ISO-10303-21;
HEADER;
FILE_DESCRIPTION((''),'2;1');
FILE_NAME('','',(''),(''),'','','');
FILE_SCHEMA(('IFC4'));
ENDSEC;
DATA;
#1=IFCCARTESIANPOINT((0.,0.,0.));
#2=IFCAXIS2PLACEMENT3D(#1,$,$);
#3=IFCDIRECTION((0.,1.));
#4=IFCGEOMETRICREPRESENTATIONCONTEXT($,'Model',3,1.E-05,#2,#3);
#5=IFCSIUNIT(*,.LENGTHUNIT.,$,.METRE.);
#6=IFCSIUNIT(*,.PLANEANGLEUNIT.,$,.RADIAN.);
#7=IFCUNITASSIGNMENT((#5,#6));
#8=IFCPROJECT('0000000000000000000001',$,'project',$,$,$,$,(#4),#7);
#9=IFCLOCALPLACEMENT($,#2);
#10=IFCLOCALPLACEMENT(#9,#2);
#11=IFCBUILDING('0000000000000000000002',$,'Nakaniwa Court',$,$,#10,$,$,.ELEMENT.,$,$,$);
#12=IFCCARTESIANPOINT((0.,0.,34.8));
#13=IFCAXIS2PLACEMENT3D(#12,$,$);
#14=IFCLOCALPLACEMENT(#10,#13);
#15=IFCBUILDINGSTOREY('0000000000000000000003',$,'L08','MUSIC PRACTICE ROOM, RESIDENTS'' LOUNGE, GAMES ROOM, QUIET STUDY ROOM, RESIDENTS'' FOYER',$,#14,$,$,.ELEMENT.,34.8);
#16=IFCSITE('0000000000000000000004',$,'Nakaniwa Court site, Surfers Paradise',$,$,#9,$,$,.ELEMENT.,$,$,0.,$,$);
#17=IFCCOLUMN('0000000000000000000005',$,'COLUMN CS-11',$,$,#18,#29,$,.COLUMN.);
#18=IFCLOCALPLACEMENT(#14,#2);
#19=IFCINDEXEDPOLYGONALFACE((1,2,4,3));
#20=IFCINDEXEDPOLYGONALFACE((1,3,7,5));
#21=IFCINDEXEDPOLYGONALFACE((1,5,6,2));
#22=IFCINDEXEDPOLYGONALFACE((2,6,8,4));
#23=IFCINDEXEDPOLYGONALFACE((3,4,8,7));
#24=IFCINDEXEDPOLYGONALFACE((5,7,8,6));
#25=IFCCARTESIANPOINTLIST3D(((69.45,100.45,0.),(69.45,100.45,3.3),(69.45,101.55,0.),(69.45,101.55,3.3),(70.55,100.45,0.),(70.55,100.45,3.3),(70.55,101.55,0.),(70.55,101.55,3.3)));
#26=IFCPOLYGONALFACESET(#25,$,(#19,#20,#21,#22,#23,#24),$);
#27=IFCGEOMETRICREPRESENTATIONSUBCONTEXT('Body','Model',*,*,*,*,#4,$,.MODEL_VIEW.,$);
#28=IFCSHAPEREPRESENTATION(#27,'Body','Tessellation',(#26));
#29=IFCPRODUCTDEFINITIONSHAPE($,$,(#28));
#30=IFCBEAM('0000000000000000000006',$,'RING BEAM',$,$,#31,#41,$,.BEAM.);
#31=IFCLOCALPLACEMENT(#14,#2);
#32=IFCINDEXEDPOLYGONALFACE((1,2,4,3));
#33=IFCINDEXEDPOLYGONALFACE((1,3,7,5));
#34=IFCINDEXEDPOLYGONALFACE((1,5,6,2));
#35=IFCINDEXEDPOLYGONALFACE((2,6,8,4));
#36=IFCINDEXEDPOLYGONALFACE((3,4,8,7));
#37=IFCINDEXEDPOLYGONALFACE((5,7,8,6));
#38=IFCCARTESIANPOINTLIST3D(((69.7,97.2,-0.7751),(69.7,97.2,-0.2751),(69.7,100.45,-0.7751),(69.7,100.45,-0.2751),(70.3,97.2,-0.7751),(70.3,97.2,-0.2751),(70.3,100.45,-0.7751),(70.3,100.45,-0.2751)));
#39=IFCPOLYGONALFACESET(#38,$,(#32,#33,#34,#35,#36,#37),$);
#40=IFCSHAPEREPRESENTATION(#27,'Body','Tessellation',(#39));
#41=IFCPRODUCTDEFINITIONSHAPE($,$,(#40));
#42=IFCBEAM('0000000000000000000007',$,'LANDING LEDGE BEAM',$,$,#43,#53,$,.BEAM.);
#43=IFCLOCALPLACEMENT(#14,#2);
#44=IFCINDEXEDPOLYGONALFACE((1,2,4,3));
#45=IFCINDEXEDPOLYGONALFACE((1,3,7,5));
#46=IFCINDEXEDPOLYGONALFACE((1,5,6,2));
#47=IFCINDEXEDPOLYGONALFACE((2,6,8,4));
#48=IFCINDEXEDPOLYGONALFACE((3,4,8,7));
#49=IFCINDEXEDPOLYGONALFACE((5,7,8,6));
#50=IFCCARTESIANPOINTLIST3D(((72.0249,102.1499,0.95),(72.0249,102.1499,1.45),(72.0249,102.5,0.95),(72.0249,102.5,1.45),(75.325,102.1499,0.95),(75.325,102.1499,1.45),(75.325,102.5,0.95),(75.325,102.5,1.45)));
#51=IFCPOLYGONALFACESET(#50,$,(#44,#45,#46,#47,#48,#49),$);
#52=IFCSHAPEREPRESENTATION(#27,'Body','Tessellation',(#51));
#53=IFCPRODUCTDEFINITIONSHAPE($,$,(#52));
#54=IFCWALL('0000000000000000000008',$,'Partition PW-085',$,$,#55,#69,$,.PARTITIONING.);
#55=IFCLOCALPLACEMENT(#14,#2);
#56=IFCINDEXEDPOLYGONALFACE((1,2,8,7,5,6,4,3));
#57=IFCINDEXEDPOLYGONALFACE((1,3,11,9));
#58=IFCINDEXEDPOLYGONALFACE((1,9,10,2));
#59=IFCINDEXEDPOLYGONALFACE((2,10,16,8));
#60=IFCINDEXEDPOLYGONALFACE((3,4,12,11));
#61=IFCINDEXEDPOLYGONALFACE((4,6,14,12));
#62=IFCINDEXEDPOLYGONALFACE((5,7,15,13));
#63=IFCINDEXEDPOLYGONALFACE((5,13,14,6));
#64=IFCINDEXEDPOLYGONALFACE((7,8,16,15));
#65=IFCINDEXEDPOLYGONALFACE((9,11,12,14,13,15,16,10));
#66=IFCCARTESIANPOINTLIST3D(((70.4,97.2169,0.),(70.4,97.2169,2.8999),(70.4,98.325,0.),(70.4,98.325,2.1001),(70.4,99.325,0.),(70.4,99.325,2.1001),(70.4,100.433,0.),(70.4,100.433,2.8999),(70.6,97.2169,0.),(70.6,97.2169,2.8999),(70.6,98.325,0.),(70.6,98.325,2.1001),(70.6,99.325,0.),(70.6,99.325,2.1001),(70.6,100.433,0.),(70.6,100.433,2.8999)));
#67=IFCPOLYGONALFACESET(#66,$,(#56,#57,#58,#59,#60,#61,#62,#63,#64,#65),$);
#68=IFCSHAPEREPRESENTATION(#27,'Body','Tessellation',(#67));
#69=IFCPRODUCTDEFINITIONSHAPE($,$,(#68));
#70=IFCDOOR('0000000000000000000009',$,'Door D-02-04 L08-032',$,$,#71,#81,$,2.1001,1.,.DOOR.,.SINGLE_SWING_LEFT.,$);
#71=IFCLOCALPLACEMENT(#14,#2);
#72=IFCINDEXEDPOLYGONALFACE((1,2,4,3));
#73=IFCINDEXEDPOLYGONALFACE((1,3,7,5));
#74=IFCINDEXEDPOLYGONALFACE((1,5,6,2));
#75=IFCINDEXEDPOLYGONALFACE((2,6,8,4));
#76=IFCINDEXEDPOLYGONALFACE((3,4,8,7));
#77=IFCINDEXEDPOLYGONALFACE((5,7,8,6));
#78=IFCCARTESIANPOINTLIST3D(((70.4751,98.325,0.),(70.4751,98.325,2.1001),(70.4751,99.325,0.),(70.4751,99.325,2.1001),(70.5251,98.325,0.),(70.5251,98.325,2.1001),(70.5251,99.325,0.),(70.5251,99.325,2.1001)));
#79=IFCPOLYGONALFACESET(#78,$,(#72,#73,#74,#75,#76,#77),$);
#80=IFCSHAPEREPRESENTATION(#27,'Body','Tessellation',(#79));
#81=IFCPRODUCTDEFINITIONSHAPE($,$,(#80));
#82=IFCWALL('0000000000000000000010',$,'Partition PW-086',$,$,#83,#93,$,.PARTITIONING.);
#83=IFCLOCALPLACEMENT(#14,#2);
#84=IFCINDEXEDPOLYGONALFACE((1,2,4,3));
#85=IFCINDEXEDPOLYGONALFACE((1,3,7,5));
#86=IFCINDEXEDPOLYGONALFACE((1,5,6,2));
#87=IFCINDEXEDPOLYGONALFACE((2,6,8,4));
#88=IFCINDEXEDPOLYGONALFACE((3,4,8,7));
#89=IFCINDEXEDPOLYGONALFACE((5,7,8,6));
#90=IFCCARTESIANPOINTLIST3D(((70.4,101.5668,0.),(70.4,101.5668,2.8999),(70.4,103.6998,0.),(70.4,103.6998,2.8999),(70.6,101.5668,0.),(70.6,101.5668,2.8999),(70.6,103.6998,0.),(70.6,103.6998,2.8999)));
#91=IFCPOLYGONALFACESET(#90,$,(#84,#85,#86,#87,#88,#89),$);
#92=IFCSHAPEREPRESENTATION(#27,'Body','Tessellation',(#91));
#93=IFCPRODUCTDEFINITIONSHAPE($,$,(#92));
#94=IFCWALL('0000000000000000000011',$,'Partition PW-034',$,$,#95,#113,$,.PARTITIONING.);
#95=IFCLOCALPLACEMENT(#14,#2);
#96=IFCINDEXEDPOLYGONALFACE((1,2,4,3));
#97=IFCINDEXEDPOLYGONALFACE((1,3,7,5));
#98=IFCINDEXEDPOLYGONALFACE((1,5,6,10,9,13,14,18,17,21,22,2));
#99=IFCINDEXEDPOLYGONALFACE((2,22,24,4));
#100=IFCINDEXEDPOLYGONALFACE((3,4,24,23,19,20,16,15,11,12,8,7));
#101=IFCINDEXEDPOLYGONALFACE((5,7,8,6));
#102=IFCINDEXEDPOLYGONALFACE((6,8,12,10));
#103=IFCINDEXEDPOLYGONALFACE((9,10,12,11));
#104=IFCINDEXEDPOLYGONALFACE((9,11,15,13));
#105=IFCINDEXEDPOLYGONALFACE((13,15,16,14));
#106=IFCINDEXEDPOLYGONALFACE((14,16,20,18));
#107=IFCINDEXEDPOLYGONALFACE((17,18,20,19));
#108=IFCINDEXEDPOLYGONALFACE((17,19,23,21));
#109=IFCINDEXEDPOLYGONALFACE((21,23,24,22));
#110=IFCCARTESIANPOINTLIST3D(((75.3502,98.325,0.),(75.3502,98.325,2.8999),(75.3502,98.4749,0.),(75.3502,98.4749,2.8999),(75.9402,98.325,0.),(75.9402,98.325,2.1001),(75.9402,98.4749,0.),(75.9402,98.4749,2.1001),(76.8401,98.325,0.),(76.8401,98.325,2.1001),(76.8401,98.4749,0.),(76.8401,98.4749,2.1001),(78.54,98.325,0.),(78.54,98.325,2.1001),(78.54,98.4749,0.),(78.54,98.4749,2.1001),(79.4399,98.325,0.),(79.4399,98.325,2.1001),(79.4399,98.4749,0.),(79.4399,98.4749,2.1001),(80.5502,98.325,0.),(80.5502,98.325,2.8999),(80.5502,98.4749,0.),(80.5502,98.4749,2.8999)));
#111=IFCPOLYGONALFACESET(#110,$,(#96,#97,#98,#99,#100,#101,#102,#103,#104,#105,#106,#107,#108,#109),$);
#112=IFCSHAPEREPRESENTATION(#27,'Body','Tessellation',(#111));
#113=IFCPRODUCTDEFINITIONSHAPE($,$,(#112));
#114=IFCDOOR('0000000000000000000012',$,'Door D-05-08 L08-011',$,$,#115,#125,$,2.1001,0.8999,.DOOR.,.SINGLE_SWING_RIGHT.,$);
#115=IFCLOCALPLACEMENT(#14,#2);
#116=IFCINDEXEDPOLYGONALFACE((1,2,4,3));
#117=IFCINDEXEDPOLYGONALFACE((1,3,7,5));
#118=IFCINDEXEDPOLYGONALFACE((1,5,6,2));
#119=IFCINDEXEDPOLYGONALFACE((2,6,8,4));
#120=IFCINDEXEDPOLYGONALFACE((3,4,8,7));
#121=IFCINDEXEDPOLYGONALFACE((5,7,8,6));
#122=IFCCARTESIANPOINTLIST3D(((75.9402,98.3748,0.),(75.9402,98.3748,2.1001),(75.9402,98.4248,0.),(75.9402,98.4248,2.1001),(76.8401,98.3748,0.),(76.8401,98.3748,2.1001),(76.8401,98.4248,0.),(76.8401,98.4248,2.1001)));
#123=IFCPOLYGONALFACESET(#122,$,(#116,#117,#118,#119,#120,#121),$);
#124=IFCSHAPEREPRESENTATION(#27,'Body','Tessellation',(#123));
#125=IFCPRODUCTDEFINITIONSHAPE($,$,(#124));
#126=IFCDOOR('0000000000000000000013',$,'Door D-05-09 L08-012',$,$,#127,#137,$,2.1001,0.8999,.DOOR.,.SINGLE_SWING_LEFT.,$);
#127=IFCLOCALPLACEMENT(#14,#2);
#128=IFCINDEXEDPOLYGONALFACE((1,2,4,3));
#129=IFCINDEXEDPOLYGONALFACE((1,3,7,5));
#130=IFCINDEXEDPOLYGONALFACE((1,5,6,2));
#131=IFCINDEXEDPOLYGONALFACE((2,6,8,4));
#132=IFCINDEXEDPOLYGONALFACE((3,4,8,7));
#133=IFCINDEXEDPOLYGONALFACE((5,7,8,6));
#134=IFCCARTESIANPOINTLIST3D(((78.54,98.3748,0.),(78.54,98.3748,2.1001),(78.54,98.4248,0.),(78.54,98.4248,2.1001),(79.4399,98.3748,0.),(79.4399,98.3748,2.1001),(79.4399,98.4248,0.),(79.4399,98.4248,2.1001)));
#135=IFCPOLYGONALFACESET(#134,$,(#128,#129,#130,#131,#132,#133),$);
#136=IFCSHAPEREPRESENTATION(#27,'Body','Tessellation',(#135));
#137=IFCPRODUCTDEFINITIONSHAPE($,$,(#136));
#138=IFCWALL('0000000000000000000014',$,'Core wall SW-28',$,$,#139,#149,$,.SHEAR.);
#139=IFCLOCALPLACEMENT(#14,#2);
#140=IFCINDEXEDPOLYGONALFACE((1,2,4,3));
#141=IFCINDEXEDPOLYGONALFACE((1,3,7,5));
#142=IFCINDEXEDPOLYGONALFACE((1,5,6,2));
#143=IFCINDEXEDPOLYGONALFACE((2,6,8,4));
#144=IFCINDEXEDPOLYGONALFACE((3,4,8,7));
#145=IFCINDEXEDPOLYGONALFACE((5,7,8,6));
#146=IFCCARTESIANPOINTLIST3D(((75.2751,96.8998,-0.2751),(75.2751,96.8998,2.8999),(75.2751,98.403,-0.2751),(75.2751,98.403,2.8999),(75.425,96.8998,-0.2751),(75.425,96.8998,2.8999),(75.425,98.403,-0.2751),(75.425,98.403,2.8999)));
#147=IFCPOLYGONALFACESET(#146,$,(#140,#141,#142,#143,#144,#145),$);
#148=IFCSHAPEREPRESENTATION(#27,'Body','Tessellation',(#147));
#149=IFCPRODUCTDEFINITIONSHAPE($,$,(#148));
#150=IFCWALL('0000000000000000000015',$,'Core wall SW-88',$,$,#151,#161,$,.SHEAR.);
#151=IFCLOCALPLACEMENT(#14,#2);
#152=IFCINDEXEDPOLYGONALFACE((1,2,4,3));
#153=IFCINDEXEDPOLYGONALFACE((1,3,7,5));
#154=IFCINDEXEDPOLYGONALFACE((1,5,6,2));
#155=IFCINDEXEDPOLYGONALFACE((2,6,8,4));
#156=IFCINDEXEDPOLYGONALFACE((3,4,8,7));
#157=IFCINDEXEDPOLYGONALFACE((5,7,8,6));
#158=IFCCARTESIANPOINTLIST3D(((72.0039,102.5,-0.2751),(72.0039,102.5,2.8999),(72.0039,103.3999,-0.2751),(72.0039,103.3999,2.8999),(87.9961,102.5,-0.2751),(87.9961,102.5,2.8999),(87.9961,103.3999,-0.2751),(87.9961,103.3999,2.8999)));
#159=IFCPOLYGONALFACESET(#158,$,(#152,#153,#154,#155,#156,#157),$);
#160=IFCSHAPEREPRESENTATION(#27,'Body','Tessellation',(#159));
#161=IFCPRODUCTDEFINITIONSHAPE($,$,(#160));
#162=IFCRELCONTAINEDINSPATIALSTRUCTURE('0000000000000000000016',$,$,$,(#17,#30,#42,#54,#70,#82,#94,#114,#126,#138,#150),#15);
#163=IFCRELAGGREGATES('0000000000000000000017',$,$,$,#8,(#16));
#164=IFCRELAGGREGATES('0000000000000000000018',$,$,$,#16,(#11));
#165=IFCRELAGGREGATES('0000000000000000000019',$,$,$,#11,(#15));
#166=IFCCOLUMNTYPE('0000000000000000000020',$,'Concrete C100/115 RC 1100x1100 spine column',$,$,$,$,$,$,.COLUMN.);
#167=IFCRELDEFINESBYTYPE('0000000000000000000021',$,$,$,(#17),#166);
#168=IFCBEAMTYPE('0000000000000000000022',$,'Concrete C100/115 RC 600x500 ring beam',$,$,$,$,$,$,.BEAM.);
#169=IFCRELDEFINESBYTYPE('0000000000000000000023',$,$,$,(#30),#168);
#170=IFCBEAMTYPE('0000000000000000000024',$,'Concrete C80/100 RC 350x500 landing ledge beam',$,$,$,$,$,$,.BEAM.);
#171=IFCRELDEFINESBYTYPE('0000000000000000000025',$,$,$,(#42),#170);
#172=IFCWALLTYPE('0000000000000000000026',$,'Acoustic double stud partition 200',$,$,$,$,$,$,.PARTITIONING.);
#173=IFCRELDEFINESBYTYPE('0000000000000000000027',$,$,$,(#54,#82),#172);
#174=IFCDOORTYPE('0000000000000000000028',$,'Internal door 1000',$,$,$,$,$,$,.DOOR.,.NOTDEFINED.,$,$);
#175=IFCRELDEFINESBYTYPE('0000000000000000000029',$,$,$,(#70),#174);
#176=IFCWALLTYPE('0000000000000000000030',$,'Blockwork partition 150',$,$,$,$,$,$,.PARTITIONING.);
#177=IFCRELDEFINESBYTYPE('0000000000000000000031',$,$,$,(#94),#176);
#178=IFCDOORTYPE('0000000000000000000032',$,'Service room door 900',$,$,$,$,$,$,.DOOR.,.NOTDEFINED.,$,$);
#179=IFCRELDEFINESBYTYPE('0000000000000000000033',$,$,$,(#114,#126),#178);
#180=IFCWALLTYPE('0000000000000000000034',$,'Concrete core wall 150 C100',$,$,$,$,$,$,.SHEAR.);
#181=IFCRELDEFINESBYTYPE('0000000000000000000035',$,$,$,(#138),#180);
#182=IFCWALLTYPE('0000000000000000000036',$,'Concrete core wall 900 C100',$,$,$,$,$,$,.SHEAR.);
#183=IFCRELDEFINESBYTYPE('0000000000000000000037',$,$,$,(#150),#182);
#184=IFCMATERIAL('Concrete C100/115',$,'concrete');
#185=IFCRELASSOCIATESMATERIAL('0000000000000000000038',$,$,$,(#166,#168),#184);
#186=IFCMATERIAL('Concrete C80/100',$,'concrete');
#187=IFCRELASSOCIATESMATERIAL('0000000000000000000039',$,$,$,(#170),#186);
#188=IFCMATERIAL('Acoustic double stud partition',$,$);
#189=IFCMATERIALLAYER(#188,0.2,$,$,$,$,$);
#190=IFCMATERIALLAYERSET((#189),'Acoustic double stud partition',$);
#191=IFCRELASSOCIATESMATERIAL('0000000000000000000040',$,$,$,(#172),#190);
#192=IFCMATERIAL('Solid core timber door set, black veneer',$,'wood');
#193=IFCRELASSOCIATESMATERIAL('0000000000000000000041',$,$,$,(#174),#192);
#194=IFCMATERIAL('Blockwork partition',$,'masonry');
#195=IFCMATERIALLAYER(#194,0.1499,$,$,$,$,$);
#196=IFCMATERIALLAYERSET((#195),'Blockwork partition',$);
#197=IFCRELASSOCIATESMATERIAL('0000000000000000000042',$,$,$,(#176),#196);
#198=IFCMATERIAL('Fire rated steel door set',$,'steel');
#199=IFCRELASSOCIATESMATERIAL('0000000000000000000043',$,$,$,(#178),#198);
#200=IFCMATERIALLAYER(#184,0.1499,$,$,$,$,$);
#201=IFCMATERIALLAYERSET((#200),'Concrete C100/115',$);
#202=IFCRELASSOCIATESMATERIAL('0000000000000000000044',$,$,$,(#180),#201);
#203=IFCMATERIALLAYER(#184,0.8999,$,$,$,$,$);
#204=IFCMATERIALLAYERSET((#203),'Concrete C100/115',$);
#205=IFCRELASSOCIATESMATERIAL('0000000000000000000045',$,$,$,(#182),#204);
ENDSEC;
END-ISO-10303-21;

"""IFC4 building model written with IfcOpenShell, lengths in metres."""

from ifc_helpers import new_model, si_unit, direction, frame, frame_2d, origin, origin_2d, place, context, subcontext, project, spatial, rectangle, extrude, material, layer, layer_set, material_profile, profile_set, type_object, element, fill, save


model = new_model("IFC4")

# Units and contexts
model_context = context("Model", 3, precision=1e-05, world=origin(), true_north=direction((0.0, 1.0)))
body_context = subcontext(model_context, "Body", "Model", "MODEL_VIEW")
ifc_project = project(units=[si_unit("LENGTHUNIT", "METRE"), si_unit("PLANEANGLEUNIT", "RADIAN")], contexts=[model_context])

# Site, building, storey
site_placement = place(None, origin())
site = spatial("IfcSite", under=ifc_project, at=site_placement, Name="Nakaniwa Court site, Surfers Paradise", CompositionType="ELEMENT", RefElevation=0.0)
building_placement = place(site_placement, origin())
building = spatial("IfcBuilding", under=site, at=building_placement, Name="Nakaniwa Court", CompositionType="ELEMENT")
storey_placement = place(building_placement, frame((0.0, 0.0, 34.8)))
storey = spatial("IfcBuildingStorey", under=building, at=storey_placement, Name="L08", Description="MUSIC PRACTICE ROOM, RESIDENTS' LOUNGE, GAMES ROOM, QUIET STUDY ROOM, RESIDENTS' FOYER", CompositionType="ELEMENT", Elevation=34.8)

# Column
ifc_material_1 = material(Name="Concrete C100/115", Category="concrete")
ifc_material_profile_1 = material_profile(ifc_material_1, rectangle(XDim=1.1001, YDim=1.1001, at=origin_2d()), Name="Concrete C100/115 RC 1100x1100 spine column")
ifc_profile_set_1 = profile_set([ifc_material_profile_1], Name="Concrete C100/115")
column_type = type_object("IfcColumnType", Name="Concrete C100/115 RC 1100x1100 spine column", PredefinedType="COLUMN", material=ifc_profile_set_1)
column_placement = place(storey_placement, frame((70.0, 101.0, 0.0), z_axis=(0.0, 0.0, 1.0), x_axis=(0.0, -1.0, 0.0)))
element("IfcColumn", 1, at=column_placement, inside=storey, type_object=column_type, Name="COLUMN CS-11", PredefinedType="COLUMN", context=body_context, shape_type="SweptSolid", body=[
    extrude(rectangle(XDim=1.1001, YDim=1.1001, at=origin_2d()), origin(), (0.0, 0.0, 1.0), 3.3),
])

# Beams
ifc_material_profile_2 = material_profile(ifc_material_1, rectangle(XDim=0.6001, YDim=0.5, at=origin_2d()), Name="Concrete C100/115 RC 600x500 ring beam")
ifc_profile_set_2 = profile_set([ifc_material_profile_2], Name="Concrete C100/115")
beam_type_1 = type_object("IfcBeamType", Name="Concrete C100/115 RC 600x500 ring beam", PredefinedType="BEAM", material=ifc_profile_set_2)
beam_1_placement = place(storey_placement, frame((70.0, 100.45, -0.5251), z_axis=(0.0, -1.0, 0.0), x_axis=(1.0, 0.0, 0.0)))
element("IfcBeam", 2, at=beam_1_placement, inside=storey, type_object=beam_type_1, Name="RING BEAM", PredefinedType="BEAM", context=body_context, shape_type="SweptSolid", body=[
    extrude(rectangle(XDim=0.6001, YDim=0.5, at=origin_2d()), origin(), (0.0, 0.0, 1.0), 3.25),
])
ifc_material_2 = material(Name="Concrete C80/100", Category="concrete")
ifc_material_profile_3 = material_profile(ifc_material_2, rectangle(XDim=0.3501, YDim=0.5, at=origin_2d()), Name="Concrete C80/100 RC 350x500 landing ledge beam")
ifc_profile_set_3 = profile_set([ifc_material_profile_3], Name="Concrete C80/100")
beam_type_2 = type_object("IfcBeamType", Name="Concrete C80/100 RC 350x500 landing ledge beam", PredefinedType="BEAM", material=ifc_profile_set_3)
beam_2_placement = place(storey_placement, frame((72.0249, 102.325, 1.2), z_axis=(1.0, 0.0, 0.0), x_axis=(0.0, 1.0, 0.0)))
element("IfcBeam", 3, at=beam_2_placement, inside=storey, type_object=beam_type_2, Name="LANDING LEDGE BEAM", PredefinedType="BEAM", context=body_context, shape_type="SweptSolid", body=[
    extrude(rectangle(XDim=0.3501, YDim=0.5, at=origin_2d()), origin(), (0.0, 0.0, 1.0), 3.3),
])

# Wall, opening, door
ifc_material_3 = material(Name="Acoustic double stud partition")
ifc_layer_1 = layer(ifc_material_3, 0.2)
ifc_layer_set_1 = layer_set([ifc_layer_1], Name="Acoustic double stud partition")
wall_type_1 = type_object("IfcWallType", Name="Acoustic double stud partition 200", PredefinedType="PARTITIONING", material=ifc_layer_set_1)
wall_1_placement = place(storey_placement, frame((70.5, 97.217, 0.0), z_axis=(0.0, 0.0, 1.0), x_axis=(0.0, 1.0, 0.0)))
wall_1 = element("IfcWall", 4, at=wall_1_placement, inside=storey, type_object=wall_type_1, Name="Partition PW-085", PredefinedType="PARTITIONING", context=body_context, shape_type="SweptSolid", body=[
    extrude(rectangle(XDim=3.2161, YDim=0.2, at=frame_2d((1.6079, 0.0))), origin(), (0.0, 0.0, 1.0), 2.8999),
])
opening_1_placement = place(wall_1_placement, frame((1.1079, 0.0, 0.0)))
opening_1 = element("IfcOpeningElement", 5, at=opening_1_placement, cuts=wall_1, PredefinedType="OPENING", context=body_context, shape_type="SweptSolid", body=[
    extrude(rectangle(XDim=1.0, YDim=2.1001, at=frame_2d((0.5, 1.05))), frame((0.0, 0.1099, 0.0), z_axis=(0.0, -1.0, 0.0), x_axis=(1.0, 0.0, 0.0)), (0.0, 0.0, 1.0), 0.22),
])
ifc_material_4 = material(Name="Solid core timber door set, black veneer", Category="wood")
door_type_1 = type_object("IfcDoorType", Name="Internal door 1000", OperationType="NOTDEFINED", PredefinedType="DOOR", material=ifc_material_4)
door_1_placement = place(opening_1_placement, origin())
door_1 = element("IfcDoor", 6, at=door_1_placement, inside=storey, type_object=door_type_1, Name="Door D-02-04 L08-032", OperationType="SINGLE_SWING_LEFT", OverallHeight=2.1001, OverallWidth=1.0, PredefinedType="DOOR", context=body_context, shape_type="SweptSolid", body=[
    extrude(rectangle(XDim=1.0, YDim=2.1001, at=frame_2d((0.5, 1.05))), frame((0.0, 0.0249, 0.0), z_axis=(0.0, -1.0, 0.0), x_axis=(1.0, 0.0, 0.0)), (0.0, 0.0, 1.0), 0.05),
])
fill(opening_1, door_1)

# Wall
wall_2_placement = place(storey_placement, frame((70.5, 101.5669, 0.0), z_axis=(0.0, 0.0, 1.0), x_axis=(0.0, 1.0, 0.0)))
element("IfcWall", 7, at=wall_2_placement, inside=storey, type_object=wall_type_1, Name="Partition PW-086", PredefinedType="PARTITIONING", context=body_context, shape_type="SweptSolid", body=[
    extrude(rectangle(XDim=2.1331, YDim=0.2, at=frame_2d((1.0664, 0.0))), origin(), (0.0, 0.0, 1.0), 2.8999),
])

# Wall, openings, doors
ifc_material_5 = material(Name="Blockwork partition", Category="masonry")
ifc_layer_2 = layer(ifc_material_5, 0.1499)
ifc_layer_set_2 = layer_set([ifc_layer_2], Name="Blockwork partition")
wall_type_2 = type_object("IfcWallType", Name="Blockwork partition 150", PredefinedType="PARTITIONING", material=ifc_layer_set_2)
wall_3_placement = place(storey_placement, frame((75.3501, 98.3999, 0.0), z_axis=(0.0, 0.0, 1.0), x_axis=(1.0, 0.0, 0.0)))
wall_3 = element("IfcWall", 8, at=wall_3_placement, inside=storey, type_object=wall_type_2, Name="Partition PW-034", PredefinedType="PARTITIONING", context=body_context, shape_type="SweptSolid", body=[
    extrude(rectangle(XDim=5.2, YDim=0.1499, at=frame_2d((2.6001, 0.0))), origin(), (0.0, 0.0, 1.0), 2.8999),
])
opening_2_placement = place(wall_3_placement, frame((0.5901, 0.0, 0.0)))
opening_2 = element("IfcOpeningElement", 9, at=opening_2_placement, cuts=wall_3, PredefinedType="OPENING", context=body_context, shape_type="SweptSolid", body=[
    extrude(rectangle(XDim=0.8999, YDim=2.1001, at=frame_2d((0.45, 1.05))), frame((0.0, 0.085, 0.0), z_axis=(0.0, -1.0, 0.0), x_axis=(1.0, 0.0, 0.0)), (0.0, 0.0, 1.0), 0.1699),
])
opening_3_placement = place(wall_3_placement, frame((3.1899, 0.0, 0.0)))
opening_3 = element("IfcOpeningElement", 10, at=opening_3_placement, cuts=wall_3, PredefinedType="OPENING", context=body_context, shape_type="SweptSolid", body=[
    extrude(rectangle(XDim=0.8999, YDim=2.1001, at=frame_2d((0.45, 1.05))), frame((0.0, 0.085, 0.0), z_axis=(0.0, -1.0, 0.0), x_axis=(1.0, 0.0, 0.0)), (0.0, 0.0, 1.0), 0.1699),
])
ifc_material_6 = material(Name="Fire rated steel door set", Category="steel")
door_type_2 = type_object("IfcDoorType", Name="Service room door 900", OperationType="NOTDEFINED", PredefinedType="DOOR", material=ifc_material_6)
door_2_placement = place(opening_2_placement, origin())
door_2 = element("IfcDoor", 11, at=door_2_placement, inside=storey, type_object=door_type_2, Name="Door D-05-08 L08-011", OperationType="SINGLE_SWING_RIGHT", OverallHeight=2.1001, OverallWidth=0.8999, PredefinedType="DOOR", context=body_context, shape_type="SweptSolid", body=[
    extrude(rectangle(XDim=0.8999, YDim=2.1001, at=frame_2d((0.45, 1.05))), frame((0.0, 0.0249, 0.0), z_axis=(0.0, -1.0, 0.0), x_axis=(1.0, 0.0, 0.0)), (0.0, 0.0, 1.0), 0.05),
])
fill(opening_2, door_2)
door_3_placement = place(opening_3_placement, origin())
door_3 = element("IfcDoor", 12, at=door_3_placement, inside=storey, type_object=door_type_2, Name="Door D-05-09 L08-012", OperationType="SINGLE_SWING_LEFT", OverallHeight=2.1001, OverallWidth=0.8999, PredefinedType="DOOR", context=body_context, shape_type="SweptSolid", body=[
    extrude(rectangle(XDim=0.8999, YDim=2.1001, at=frame_2d((0.45, 1.05))), frame((0.0, 0.0249, 0.0), z_axis=(0.0, -1.0, 0.0), x_axis=(1.0, 0.0, 0.0)), (0.0, 0.0, 1.0), 0.05),
])
fill(opening_3, door_3)

# Walls
ifc_layer_3 = layer(ifc_material_1, 0.1499)
ifc_layer_set_3 = layer_set([ifc_layer_3], Name="Concrete C100/115")
wall_type_3 = type_object("IfcWallType", Name="Concrete core wall 150 C100", PredefinedType="SHEAR", material=ifc_layer_set_3)
wall_4_placement = place(storey_placement, frame((75.3501, 96.8999, -0.2751), z_axis=(0.0, 0.0, 1.0), x_axis=(0.0, 1.0, 0.0)))
element("IfcWall", 13, at=wall_4_placement, inside=storey, type_object=wall_type_3, Name="Core wall SW-28", PredefinedType="SHEAR", context=body_context, shape_type="SweptSolid", body=[
    extrude(rectangle(XDim=1.5032, YDim=0.1499, at=frame_2d((0.7515, 0.0))), origin(), (0.0, 0.0, 1.0), 3.175),
])
ifc_layer_4 = layer(ifc_material_1, 0.8999)
ifc_layer_set_4 = layer_set([ifc_layer_4], Name="Concrete C100/115")
wall_type_4 = type_object("IfcWallType", Name="Concrete core wall 900 C100", PredefinedType="SHEAR", material=ifc_layer_set_4)
wall_5_placement = place(storey_placement, frame((72.0039, 102.95, -0.2751), z_axis=(0.0, 0.0, 1.0), x_axis=(1.0, 0.0, 0.0)))
element("IfcWall", 14, at=wall_5_placement, inside=storey, type_object=wall_type_4, Name="Core wall SW-88", PredefinedType="SHEAR", context=body_context, shape_type="SweptSolid", body=[
    extrude(rectangle(XDim=15.9922, YDim=0.8999, at=frame_2d((7.9961, 0.0))), origin(), (0.0, 0.0, 1.0), 3.175),
])

save(model, "model.ifc")
